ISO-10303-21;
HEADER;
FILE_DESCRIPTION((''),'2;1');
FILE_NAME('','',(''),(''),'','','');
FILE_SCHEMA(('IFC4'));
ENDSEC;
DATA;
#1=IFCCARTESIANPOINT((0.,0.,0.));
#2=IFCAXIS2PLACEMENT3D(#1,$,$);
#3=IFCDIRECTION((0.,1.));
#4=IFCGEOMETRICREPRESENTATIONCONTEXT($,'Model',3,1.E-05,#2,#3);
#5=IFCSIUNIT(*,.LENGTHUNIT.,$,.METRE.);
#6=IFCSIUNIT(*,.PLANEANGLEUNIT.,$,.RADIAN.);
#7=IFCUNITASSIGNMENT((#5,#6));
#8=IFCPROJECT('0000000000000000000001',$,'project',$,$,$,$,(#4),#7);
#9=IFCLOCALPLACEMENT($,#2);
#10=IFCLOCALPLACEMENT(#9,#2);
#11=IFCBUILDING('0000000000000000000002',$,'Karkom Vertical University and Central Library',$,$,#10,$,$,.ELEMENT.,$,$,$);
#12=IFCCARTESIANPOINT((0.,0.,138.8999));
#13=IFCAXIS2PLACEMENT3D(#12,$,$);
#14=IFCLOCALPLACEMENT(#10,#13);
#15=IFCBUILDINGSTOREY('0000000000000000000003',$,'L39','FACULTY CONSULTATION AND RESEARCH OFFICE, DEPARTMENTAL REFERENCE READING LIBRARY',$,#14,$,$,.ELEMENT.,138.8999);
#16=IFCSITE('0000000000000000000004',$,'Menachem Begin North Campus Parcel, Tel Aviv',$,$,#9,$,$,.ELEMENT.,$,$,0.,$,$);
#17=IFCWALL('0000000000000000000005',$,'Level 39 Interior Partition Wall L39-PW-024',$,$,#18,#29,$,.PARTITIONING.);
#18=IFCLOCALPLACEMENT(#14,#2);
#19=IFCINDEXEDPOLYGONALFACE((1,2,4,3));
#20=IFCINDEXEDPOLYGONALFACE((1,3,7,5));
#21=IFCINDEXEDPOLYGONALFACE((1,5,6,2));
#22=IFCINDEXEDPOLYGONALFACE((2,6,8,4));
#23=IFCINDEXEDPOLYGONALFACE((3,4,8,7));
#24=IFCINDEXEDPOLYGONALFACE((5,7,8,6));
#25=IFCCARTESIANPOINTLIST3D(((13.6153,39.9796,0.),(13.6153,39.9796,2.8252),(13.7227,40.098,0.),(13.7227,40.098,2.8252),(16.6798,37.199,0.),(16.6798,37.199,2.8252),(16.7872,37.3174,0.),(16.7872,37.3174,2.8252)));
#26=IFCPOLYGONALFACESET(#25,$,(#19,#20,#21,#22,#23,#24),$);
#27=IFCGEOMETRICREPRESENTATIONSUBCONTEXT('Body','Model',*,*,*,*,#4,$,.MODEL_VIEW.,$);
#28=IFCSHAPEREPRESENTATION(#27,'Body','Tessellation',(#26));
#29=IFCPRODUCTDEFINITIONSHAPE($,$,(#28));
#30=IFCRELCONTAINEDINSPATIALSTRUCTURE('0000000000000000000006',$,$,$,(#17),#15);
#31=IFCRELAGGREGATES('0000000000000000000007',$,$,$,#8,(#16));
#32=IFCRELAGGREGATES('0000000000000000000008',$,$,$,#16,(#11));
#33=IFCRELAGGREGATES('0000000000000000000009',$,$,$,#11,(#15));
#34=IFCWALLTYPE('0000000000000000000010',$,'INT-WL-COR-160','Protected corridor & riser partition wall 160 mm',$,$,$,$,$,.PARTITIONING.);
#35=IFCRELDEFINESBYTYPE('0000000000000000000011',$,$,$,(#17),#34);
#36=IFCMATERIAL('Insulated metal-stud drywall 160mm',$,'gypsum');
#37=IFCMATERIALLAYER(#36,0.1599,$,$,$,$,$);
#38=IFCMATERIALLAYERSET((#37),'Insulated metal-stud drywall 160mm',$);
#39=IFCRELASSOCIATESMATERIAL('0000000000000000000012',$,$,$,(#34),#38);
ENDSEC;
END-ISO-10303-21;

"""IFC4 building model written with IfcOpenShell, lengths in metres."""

from ifc_helpers import new_model, si_unit, direction, frame, frame_2d, origin, place, context, subcontext, project, spatial, rectangle, extrude, material, layer, layer_set, type_object, element, save


model = new_model("IFC4")

# Units and contexts
model_context = context("Model", 3, precision=1e-05, world=origin(), true_north=direction((0.0, 1.0)))
body_context = subcontext(model_context, "Body", "Model", "MODEL_VIEW")
ifc_project = project(units=[si_unit("LENGTHUNIT", "METRE"), si_unit("PLANEANGLEUNIT", "RADIAN")], contexts=[model_context])

# Site, building, storey
site_placement = place(None, origin())
site = spatial("IfcSite", under=ifc_project, at=site_placement, Name="Menachem Begin North Campus Parcel, Tel Aviv", CompositionType="ELEMENT", RefElevation=0.0)
building_placement = place(site_placement, origin())
building = spatial("IfcBuilding", under=site, at=building_placement, Name="Karkom Vertical University and Central Library", CompositionType="ELEMENT")
storey_placement = place(building_placement, frame((0.0, 0.0, 138.8999)))
storey = spatial("IfcBuildingStorey", under=building, at=storey_placement, Name="L39", Description="FACULTY CONSULTATION AND RESEARCH OFFICE, DEPARTMENTAL REFERENCE READING LIBRARY", CompositionType="ELEMENT", Elevation=138.8999)

# Shared definitions
ifc_material_1 = material(Name="Insulated metal-stud drywall 160mm", Category="gypsum")
ifc_layer_1 = layer(ifc_material_1, 0.1599)
ifc_layer_set_1 = layer_set([ifc_layer_1], Name="Insulated metal-stud drywall 160mm")
wall_type_1 = type_object("IfcWallType", Name="INT-WL-COR-160", Description="Protected corridor & riser partition wall 160 mm", PredefinedType="PARTITIONING", material=ifc_layer_set_1)

# Wall
wall_1_placement = place(storey_placement, frame((16.7334, 37.2583, 0.0), z_axis=(0.0, 0.0, 1.0), x_axis=(-0.740583, 0.671965, 0.0)))
element("IfcWall", 1, at=wall_1_placement, inside=storey, type_object=wall_type_1, Name="Level 39 Interior Partition Wall L39-PW-024", PredefinedType="PARTITIONING", context=body_context, shape_type="SweptSolid", body=[
    extrude(rectangle(XDim=4.1379, YDim=0.1599, at=frame_2d((2.0688, 0.0))), origin(), (0.0, 0.0, 1.0), 2.8252),
])

save(model, "model.ifc")
